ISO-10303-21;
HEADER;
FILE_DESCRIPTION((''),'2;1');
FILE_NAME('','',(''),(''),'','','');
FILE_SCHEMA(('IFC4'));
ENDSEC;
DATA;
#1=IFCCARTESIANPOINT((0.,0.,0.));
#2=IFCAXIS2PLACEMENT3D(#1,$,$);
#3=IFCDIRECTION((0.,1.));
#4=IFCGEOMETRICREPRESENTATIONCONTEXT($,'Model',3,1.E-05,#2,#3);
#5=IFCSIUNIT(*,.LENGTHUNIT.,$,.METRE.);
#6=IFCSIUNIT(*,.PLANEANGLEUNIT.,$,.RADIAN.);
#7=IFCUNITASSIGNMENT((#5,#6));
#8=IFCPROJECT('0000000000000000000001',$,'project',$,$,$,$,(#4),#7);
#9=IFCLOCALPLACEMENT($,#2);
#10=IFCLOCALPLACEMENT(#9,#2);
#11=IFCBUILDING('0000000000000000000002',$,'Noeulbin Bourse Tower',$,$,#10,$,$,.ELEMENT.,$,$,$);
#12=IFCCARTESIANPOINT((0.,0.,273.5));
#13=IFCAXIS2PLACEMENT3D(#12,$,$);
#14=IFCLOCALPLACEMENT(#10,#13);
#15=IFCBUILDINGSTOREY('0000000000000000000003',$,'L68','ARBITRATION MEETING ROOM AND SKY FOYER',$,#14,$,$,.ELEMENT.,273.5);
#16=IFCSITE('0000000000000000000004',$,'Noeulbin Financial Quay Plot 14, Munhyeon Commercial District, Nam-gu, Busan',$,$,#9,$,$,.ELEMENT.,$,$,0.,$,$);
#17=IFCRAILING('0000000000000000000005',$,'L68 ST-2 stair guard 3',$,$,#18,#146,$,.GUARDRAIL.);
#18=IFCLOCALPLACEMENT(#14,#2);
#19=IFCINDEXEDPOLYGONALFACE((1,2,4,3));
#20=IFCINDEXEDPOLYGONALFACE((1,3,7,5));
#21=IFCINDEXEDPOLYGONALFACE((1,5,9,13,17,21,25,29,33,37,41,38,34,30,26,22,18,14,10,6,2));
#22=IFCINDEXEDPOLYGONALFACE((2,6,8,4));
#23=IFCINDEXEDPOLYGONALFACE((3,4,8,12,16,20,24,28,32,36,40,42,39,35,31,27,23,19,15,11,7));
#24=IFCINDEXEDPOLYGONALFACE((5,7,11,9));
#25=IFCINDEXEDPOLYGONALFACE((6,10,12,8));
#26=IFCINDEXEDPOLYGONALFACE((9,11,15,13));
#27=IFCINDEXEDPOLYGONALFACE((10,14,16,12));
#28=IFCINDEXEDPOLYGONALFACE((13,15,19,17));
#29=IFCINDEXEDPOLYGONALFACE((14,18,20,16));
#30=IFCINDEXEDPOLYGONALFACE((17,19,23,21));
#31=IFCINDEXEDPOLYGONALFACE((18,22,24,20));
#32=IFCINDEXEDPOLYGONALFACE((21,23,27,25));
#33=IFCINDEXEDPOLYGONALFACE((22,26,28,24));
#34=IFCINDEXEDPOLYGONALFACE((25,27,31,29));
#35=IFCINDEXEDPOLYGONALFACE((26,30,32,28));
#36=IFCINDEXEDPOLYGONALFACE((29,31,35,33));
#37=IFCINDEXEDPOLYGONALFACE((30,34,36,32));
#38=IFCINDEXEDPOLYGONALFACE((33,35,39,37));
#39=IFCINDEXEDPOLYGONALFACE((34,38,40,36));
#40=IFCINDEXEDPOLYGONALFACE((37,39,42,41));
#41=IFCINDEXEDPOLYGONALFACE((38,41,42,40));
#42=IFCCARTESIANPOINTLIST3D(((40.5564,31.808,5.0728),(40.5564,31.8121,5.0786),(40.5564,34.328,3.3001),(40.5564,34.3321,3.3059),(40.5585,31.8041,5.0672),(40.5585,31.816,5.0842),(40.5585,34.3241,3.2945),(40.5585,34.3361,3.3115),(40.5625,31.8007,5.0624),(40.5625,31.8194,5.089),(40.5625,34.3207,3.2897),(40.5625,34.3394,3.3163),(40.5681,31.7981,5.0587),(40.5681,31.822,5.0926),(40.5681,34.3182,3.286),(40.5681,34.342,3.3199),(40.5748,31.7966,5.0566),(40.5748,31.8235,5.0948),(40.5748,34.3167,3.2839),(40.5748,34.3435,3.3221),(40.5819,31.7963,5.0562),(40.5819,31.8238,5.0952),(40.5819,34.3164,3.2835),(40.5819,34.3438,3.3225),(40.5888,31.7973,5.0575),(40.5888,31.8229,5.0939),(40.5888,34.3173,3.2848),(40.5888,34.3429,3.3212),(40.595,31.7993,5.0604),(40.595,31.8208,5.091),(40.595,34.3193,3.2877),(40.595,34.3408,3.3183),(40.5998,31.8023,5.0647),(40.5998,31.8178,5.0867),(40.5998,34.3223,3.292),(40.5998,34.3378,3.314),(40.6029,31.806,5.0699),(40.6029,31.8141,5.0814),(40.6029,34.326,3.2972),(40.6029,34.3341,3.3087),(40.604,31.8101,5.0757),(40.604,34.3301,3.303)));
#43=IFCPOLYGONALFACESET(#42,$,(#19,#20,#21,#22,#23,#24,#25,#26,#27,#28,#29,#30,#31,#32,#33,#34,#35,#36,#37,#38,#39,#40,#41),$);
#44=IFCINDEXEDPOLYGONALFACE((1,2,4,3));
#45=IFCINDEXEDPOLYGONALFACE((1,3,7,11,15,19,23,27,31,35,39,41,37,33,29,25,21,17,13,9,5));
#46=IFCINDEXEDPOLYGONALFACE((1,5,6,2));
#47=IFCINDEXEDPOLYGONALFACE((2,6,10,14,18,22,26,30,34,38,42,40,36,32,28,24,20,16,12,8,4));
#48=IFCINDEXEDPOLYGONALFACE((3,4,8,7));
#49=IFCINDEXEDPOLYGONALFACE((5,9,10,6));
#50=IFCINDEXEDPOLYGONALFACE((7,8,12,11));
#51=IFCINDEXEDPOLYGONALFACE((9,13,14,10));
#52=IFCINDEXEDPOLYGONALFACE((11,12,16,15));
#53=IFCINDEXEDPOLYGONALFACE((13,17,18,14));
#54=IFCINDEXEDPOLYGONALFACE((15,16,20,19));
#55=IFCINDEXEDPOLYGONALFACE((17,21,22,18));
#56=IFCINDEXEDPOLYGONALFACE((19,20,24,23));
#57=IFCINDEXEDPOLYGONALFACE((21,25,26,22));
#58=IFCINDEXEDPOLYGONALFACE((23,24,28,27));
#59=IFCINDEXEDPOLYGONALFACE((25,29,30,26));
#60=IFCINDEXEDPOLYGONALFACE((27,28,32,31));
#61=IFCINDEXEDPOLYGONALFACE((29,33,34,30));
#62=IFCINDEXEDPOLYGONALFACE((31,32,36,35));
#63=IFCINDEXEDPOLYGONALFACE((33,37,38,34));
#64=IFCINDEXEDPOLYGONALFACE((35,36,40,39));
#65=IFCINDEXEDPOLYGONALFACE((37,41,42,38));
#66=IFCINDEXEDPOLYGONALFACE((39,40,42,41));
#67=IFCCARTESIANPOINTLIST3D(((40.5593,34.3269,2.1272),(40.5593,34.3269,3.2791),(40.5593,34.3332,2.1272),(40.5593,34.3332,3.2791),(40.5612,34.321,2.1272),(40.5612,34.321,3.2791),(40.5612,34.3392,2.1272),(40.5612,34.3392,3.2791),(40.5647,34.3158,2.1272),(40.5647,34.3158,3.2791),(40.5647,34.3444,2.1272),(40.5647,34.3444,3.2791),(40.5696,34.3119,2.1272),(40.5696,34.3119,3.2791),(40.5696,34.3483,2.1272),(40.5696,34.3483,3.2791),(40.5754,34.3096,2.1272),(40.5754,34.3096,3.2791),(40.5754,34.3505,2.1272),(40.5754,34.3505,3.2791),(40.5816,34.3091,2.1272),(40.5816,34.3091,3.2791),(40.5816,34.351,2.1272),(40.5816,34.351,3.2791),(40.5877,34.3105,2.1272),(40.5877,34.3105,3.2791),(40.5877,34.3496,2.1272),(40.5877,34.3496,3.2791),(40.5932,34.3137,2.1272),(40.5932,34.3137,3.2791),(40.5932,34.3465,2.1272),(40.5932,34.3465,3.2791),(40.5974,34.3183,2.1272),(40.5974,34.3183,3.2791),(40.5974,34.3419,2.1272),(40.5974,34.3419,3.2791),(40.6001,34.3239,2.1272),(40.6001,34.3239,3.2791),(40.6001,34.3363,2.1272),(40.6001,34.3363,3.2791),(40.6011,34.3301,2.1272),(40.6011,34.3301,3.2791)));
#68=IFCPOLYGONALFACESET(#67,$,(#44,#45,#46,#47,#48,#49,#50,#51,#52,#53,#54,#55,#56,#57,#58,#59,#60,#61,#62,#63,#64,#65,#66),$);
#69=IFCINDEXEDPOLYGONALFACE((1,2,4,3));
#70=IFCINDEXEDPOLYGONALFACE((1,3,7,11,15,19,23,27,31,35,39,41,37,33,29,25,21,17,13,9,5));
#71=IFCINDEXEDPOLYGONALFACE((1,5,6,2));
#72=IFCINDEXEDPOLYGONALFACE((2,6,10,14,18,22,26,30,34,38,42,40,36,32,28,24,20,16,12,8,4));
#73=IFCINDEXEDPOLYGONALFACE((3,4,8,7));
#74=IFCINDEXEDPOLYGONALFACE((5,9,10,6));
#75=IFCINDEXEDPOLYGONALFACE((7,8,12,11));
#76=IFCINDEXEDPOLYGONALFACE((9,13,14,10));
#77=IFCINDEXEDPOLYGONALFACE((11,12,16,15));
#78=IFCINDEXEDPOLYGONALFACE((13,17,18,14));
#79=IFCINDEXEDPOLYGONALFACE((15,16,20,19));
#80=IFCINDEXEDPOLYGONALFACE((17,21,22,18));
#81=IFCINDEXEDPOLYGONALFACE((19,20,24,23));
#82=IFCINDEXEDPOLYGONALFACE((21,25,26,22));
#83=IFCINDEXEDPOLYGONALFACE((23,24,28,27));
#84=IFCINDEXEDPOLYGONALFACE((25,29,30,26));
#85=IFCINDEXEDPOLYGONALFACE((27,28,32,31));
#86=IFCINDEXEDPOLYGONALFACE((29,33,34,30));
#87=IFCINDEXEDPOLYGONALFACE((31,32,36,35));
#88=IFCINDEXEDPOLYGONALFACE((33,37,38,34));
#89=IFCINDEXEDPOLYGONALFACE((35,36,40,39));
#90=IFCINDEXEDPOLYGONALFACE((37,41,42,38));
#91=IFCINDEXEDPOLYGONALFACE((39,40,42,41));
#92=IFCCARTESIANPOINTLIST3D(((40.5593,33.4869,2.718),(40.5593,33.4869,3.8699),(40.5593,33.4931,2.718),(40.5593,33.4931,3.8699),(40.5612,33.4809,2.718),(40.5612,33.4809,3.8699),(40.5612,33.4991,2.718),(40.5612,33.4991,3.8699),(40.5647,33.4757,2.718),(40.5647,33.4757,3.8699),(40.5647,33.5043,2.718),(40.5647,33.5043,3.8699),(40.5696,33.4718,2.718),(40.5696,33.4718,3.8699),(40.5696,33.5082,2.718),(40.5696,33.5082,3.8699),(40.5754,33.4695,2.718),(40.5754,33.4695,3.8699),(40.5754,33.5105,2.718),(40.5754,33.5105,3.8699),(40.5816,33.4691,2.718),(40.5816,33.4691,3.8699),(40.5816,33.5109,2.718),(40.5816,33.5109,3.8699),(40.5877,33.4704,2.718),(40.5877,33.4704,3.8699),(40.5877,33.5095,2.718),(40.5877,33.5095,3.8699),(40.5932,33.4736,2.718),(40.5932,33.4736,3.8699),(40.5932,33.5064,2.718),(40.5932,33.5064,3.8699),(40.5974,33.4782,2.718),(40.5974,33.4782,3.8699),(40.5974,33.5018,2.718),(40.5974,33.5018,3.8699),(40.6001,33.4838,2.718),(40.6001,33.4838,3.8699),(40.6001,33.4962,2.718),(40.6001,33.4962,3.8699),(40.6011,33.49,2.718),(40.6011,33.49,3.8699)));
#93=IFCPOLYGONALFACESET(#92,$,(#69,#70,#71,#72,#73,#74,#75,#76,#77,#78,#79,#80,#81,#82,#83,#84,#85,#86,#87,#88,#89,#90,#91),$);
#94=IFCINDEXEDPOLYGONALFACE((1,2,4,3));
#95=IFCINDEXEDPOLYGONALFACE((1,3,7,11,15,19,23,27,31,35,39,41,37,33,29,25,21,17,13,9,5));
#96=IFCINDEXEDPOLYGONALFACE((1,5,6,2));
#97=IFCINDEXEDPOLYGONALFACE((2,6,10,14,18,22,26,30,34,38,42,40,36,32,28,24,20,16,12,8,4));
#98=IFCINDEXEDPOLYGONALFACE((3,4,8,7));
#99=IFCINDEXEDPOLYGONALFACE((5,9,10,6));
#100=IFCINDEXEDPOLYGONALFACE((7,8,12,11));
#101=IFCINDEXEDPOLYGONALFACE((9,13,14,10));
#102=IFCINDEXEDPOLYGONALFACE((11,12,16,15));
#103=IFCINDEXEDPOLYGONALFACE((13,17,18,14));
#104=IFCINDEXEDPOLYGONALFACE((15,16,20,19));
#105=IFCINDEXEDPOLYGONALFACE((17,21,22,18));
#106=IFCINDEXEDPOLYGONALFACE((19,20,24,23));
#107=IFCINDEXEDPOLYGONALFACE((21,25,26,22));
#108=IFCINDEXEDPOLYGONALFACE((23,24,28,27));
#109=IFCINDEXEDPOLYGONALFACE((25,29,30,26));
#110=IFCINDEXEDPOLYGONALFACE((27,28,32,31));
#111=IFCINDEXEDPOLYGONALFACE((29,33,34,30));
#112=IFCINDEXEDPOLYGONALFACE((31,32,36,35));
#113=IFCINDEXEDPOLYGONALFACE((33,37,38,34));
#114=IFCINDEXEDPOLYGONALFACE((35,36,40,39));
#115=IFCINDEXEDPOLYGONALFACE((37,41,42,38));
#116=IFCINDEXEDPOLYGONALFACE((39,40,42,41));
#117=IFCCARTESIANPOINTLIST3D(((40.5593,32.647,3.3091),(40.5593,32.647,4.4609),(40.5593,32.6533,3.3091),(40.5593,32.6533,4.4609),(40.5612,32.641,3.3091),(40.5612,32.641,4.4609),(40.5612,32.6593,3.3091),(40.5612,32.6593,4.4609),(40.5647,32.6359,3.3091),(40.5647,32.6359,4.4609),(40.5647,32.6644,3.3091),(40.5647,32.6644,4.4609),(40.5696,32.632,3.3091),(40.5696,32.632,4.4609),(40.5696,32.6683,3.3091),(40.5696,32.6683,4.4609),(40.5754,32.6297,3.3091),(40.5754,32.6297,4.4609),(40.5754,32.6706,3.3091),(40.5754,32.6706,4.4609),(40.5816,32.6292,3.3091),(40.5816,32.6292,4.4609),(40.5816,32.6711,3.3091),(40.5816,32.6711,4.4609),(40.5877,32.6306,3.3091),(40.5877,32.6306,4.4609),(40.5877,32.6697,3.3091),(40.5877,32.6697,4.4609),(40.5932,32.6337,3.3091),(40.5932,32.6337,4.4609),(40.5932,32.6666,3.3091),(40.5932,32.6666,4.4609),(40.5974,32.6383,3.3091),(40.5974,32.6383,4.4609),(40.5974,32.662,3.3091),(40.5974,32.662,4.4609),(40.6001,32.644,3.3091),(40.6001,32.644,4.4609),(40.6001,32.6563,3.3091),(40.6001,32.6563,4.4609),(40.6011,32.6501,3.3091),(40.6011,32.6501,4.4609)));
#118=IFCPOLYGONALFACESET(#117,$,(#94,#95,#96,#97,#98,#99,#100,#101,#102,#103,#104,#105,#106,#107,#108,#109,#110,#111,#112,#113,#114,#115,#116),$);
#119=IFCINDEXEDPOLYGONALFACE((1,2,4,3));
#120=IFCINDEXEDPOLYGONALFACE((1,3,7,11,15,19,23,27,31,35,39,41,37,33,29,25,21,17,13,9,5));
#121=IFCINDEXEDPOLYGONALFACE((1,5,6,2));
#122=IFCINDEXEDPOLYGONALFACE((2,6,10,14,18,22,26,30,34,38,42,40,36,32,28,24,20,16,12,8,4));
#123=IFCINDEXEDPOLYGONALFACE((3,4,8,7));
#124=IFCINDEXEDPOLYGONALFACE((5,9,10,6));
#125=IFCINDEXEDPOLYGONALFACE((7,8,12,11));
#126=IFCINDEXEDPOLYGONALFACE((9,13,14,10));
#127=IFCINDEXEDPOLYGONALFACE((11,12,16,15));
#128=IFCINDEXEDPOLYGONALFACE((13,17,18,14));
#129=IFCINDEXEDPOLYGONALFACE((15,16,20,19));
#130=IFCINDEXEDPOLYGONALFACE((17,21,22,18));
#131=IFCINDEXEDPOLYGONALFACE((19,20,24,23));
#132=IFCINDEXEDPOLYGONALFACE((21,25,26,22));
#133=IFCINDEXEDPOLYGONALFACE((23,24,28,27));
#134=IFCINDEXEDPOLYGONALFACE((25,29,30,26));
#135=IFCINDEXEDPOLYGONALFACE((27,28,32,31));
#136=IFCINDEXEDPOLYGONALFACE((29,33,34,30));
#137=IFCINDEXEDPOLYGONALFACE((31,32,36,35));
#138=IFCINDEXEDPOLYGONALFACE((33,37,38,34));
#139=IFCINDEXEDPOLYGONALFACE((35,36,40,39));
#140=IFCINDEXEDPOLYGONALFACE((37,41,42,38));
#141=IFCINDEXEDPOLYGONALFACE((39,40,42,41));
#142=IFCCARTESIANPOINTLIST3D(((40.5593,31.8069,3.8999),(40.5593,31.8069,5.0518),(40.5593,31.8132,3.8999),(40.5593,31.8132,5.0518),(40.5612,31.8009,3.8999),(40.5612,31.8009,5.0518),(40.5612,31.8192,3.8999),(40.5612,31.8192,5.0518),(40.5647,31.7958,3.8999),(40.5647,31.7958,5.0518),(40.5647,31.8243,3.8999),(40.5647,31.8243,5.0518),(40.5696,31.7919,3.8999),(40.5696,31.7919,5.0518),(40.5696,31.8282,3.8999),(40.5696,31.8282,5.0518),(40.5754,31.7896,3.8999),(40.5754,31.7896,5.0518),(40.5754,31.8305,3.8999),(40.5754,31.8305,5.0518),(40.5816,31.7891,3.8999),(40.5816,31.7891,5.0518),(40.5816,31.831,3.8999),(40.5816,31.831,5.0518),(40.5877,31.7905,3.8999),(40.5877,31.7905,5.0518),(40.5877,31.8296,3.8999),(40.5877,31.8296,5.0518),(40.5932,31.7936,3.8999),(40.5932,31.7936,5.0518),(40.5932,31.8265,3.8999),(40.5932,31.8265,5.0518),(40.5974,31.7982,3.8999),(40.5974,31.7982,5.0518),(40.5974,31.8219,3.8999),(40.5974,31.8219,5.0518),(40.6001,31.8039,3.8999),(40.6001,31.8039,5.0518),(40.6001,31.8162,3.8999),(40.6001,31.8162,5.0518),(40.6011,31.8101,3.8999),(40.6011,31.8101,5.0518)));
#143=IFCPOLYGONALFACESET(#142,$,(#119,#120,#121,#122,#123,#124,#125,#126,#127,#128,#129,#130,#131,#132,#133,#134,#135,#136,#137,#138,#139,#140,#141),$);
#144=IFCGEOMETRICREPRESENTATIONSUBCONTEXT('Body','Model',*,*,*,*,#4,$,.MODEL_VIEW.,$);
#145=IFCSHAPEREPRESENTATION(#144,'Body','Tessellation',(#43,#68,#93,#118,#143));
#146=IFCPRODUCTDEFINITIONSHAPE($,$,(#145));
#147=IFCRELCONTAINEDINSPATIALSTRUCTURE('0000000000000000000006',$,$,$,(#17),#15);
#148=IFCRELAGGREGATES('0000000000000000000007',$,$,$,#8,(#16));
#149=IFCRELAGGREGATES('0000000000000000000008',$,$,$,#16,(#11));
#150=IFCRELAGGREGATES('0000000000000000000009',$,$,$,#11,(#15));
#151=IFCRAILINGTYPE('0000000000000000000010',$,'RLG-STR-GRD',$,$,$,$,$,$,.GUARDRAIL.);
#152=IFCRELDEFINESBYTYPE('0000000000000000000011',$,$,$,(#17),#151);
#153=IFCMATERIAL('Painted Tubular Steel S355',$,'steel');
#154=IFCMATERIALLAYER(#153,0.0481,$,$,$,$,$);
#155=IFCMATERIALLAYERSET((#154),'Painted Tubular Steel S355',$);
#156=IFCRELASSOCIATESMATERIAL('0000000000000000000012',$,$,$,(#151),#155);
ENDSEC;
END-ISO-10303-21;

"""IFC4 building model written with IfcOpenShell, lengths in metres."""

from ifc_helpers import new_model, si_unit, direction, frame, origin, origin_2d, place, context, subcontext, project, spatial, circle, extrude, material, layer, layer_set, type_object, element, save


model = new_model("IFC4")

# Units and contexts
model_context = context("Model", 3, precision=1e-05, world=origin(), true_north=direction((0.0, 1.0)))
body_context = subcontext(model_context, "Body", "Model", "MODEL_VIEW")
ifc_project = project(units=[si_unit("LENGTHUNIT", "METRE"), si_unit("PLANEANGLEUNIT", "RADIAN")], contexts=[model_context])

# Site, building, storey
site_placement = place(None, origin())
site = spatial("IfcSite", under=ifc_project, at=site_placement, Name="Noeulbin Financial Quay Plot 14, Munhyeon Commercial District, Nam-gu, Busan", CompositionType="ELEMENT", RefElevation=0.0)
building_placement = place(site_placement, origin())
building = spatial("IfcBuilding", under=site, at=building_placement, Name="Noeulbin Bourse Tower", CompositionType="ELEMENT")
storey_placement = place(building_placement, frame((0.0, 0.0, 273.5)))
storey = spatial("IfcBuildingStorey", under=building, at=storey_placement, Name="L68", Description="ARBITRATION MEETING ROOM AND SKY FOYER", CompositionType="ELEMENT", Elevation=273.5)

# Railing
ifc_material_1 = material(Name="Painted Tubular Steel S355", Category="steel")
ifc_layer_1 = layer(ifc_material_1, 0.0481)
ifc_layer_set_1 = layer_set([ifc_layer_1], Name="Painted Tubular Steel S355")
railing_type_1 = type_object("IfcRailingType", Name="RLG-STR-GRD", PredefinedType="GUARDRAIL", material=ifc_layer_set_1)
railing_1_placement = place(storey_placement, frame((40.5801, 34.3301, 2.1272)))
element("IfcRailing", 1, at=railing_1_placement, inside=storey, type_object=railing_type_1, Name="L68 ST-2 stair guard 3", PredefinedType="GUARDRAIL", context=body_context, shape_type="SweptSolid", body=[
    extrude(circle(Radius=0.0239, at=origin_2d()), frame((0.0, 0.0, 1.1758), z_axis=(0.0, -0.817904, 0.575354), x_axis=(1.0, 0.0, 0.0)), (0.0, 0.0, 1.0), 3.0811),
    extrude(circle(Radius=0.021, at=origin_2d()), origin(), (0.0, 0.0, 1.0), 1.1519),
    extrude(circle(Radius=0.021, at=origin_2d()), frame((0.0, -0.8401, 0.5908)), (0.0, 0.0, 1.0), 1.1519),
    extrude(circle(Radius=0.021, at=origin_2d()), frame((0.0, -1.6799, 1.1819)), (0.0, 0.0, 1.0), 1.1519),
    extrude(circle(Radius=0.021, at=origin_2d()), frame((0.0, -2.52, 1.7727)), (0.0, 0.0, 1.0), 1.1519),
])

save(model, "model.ifc")
